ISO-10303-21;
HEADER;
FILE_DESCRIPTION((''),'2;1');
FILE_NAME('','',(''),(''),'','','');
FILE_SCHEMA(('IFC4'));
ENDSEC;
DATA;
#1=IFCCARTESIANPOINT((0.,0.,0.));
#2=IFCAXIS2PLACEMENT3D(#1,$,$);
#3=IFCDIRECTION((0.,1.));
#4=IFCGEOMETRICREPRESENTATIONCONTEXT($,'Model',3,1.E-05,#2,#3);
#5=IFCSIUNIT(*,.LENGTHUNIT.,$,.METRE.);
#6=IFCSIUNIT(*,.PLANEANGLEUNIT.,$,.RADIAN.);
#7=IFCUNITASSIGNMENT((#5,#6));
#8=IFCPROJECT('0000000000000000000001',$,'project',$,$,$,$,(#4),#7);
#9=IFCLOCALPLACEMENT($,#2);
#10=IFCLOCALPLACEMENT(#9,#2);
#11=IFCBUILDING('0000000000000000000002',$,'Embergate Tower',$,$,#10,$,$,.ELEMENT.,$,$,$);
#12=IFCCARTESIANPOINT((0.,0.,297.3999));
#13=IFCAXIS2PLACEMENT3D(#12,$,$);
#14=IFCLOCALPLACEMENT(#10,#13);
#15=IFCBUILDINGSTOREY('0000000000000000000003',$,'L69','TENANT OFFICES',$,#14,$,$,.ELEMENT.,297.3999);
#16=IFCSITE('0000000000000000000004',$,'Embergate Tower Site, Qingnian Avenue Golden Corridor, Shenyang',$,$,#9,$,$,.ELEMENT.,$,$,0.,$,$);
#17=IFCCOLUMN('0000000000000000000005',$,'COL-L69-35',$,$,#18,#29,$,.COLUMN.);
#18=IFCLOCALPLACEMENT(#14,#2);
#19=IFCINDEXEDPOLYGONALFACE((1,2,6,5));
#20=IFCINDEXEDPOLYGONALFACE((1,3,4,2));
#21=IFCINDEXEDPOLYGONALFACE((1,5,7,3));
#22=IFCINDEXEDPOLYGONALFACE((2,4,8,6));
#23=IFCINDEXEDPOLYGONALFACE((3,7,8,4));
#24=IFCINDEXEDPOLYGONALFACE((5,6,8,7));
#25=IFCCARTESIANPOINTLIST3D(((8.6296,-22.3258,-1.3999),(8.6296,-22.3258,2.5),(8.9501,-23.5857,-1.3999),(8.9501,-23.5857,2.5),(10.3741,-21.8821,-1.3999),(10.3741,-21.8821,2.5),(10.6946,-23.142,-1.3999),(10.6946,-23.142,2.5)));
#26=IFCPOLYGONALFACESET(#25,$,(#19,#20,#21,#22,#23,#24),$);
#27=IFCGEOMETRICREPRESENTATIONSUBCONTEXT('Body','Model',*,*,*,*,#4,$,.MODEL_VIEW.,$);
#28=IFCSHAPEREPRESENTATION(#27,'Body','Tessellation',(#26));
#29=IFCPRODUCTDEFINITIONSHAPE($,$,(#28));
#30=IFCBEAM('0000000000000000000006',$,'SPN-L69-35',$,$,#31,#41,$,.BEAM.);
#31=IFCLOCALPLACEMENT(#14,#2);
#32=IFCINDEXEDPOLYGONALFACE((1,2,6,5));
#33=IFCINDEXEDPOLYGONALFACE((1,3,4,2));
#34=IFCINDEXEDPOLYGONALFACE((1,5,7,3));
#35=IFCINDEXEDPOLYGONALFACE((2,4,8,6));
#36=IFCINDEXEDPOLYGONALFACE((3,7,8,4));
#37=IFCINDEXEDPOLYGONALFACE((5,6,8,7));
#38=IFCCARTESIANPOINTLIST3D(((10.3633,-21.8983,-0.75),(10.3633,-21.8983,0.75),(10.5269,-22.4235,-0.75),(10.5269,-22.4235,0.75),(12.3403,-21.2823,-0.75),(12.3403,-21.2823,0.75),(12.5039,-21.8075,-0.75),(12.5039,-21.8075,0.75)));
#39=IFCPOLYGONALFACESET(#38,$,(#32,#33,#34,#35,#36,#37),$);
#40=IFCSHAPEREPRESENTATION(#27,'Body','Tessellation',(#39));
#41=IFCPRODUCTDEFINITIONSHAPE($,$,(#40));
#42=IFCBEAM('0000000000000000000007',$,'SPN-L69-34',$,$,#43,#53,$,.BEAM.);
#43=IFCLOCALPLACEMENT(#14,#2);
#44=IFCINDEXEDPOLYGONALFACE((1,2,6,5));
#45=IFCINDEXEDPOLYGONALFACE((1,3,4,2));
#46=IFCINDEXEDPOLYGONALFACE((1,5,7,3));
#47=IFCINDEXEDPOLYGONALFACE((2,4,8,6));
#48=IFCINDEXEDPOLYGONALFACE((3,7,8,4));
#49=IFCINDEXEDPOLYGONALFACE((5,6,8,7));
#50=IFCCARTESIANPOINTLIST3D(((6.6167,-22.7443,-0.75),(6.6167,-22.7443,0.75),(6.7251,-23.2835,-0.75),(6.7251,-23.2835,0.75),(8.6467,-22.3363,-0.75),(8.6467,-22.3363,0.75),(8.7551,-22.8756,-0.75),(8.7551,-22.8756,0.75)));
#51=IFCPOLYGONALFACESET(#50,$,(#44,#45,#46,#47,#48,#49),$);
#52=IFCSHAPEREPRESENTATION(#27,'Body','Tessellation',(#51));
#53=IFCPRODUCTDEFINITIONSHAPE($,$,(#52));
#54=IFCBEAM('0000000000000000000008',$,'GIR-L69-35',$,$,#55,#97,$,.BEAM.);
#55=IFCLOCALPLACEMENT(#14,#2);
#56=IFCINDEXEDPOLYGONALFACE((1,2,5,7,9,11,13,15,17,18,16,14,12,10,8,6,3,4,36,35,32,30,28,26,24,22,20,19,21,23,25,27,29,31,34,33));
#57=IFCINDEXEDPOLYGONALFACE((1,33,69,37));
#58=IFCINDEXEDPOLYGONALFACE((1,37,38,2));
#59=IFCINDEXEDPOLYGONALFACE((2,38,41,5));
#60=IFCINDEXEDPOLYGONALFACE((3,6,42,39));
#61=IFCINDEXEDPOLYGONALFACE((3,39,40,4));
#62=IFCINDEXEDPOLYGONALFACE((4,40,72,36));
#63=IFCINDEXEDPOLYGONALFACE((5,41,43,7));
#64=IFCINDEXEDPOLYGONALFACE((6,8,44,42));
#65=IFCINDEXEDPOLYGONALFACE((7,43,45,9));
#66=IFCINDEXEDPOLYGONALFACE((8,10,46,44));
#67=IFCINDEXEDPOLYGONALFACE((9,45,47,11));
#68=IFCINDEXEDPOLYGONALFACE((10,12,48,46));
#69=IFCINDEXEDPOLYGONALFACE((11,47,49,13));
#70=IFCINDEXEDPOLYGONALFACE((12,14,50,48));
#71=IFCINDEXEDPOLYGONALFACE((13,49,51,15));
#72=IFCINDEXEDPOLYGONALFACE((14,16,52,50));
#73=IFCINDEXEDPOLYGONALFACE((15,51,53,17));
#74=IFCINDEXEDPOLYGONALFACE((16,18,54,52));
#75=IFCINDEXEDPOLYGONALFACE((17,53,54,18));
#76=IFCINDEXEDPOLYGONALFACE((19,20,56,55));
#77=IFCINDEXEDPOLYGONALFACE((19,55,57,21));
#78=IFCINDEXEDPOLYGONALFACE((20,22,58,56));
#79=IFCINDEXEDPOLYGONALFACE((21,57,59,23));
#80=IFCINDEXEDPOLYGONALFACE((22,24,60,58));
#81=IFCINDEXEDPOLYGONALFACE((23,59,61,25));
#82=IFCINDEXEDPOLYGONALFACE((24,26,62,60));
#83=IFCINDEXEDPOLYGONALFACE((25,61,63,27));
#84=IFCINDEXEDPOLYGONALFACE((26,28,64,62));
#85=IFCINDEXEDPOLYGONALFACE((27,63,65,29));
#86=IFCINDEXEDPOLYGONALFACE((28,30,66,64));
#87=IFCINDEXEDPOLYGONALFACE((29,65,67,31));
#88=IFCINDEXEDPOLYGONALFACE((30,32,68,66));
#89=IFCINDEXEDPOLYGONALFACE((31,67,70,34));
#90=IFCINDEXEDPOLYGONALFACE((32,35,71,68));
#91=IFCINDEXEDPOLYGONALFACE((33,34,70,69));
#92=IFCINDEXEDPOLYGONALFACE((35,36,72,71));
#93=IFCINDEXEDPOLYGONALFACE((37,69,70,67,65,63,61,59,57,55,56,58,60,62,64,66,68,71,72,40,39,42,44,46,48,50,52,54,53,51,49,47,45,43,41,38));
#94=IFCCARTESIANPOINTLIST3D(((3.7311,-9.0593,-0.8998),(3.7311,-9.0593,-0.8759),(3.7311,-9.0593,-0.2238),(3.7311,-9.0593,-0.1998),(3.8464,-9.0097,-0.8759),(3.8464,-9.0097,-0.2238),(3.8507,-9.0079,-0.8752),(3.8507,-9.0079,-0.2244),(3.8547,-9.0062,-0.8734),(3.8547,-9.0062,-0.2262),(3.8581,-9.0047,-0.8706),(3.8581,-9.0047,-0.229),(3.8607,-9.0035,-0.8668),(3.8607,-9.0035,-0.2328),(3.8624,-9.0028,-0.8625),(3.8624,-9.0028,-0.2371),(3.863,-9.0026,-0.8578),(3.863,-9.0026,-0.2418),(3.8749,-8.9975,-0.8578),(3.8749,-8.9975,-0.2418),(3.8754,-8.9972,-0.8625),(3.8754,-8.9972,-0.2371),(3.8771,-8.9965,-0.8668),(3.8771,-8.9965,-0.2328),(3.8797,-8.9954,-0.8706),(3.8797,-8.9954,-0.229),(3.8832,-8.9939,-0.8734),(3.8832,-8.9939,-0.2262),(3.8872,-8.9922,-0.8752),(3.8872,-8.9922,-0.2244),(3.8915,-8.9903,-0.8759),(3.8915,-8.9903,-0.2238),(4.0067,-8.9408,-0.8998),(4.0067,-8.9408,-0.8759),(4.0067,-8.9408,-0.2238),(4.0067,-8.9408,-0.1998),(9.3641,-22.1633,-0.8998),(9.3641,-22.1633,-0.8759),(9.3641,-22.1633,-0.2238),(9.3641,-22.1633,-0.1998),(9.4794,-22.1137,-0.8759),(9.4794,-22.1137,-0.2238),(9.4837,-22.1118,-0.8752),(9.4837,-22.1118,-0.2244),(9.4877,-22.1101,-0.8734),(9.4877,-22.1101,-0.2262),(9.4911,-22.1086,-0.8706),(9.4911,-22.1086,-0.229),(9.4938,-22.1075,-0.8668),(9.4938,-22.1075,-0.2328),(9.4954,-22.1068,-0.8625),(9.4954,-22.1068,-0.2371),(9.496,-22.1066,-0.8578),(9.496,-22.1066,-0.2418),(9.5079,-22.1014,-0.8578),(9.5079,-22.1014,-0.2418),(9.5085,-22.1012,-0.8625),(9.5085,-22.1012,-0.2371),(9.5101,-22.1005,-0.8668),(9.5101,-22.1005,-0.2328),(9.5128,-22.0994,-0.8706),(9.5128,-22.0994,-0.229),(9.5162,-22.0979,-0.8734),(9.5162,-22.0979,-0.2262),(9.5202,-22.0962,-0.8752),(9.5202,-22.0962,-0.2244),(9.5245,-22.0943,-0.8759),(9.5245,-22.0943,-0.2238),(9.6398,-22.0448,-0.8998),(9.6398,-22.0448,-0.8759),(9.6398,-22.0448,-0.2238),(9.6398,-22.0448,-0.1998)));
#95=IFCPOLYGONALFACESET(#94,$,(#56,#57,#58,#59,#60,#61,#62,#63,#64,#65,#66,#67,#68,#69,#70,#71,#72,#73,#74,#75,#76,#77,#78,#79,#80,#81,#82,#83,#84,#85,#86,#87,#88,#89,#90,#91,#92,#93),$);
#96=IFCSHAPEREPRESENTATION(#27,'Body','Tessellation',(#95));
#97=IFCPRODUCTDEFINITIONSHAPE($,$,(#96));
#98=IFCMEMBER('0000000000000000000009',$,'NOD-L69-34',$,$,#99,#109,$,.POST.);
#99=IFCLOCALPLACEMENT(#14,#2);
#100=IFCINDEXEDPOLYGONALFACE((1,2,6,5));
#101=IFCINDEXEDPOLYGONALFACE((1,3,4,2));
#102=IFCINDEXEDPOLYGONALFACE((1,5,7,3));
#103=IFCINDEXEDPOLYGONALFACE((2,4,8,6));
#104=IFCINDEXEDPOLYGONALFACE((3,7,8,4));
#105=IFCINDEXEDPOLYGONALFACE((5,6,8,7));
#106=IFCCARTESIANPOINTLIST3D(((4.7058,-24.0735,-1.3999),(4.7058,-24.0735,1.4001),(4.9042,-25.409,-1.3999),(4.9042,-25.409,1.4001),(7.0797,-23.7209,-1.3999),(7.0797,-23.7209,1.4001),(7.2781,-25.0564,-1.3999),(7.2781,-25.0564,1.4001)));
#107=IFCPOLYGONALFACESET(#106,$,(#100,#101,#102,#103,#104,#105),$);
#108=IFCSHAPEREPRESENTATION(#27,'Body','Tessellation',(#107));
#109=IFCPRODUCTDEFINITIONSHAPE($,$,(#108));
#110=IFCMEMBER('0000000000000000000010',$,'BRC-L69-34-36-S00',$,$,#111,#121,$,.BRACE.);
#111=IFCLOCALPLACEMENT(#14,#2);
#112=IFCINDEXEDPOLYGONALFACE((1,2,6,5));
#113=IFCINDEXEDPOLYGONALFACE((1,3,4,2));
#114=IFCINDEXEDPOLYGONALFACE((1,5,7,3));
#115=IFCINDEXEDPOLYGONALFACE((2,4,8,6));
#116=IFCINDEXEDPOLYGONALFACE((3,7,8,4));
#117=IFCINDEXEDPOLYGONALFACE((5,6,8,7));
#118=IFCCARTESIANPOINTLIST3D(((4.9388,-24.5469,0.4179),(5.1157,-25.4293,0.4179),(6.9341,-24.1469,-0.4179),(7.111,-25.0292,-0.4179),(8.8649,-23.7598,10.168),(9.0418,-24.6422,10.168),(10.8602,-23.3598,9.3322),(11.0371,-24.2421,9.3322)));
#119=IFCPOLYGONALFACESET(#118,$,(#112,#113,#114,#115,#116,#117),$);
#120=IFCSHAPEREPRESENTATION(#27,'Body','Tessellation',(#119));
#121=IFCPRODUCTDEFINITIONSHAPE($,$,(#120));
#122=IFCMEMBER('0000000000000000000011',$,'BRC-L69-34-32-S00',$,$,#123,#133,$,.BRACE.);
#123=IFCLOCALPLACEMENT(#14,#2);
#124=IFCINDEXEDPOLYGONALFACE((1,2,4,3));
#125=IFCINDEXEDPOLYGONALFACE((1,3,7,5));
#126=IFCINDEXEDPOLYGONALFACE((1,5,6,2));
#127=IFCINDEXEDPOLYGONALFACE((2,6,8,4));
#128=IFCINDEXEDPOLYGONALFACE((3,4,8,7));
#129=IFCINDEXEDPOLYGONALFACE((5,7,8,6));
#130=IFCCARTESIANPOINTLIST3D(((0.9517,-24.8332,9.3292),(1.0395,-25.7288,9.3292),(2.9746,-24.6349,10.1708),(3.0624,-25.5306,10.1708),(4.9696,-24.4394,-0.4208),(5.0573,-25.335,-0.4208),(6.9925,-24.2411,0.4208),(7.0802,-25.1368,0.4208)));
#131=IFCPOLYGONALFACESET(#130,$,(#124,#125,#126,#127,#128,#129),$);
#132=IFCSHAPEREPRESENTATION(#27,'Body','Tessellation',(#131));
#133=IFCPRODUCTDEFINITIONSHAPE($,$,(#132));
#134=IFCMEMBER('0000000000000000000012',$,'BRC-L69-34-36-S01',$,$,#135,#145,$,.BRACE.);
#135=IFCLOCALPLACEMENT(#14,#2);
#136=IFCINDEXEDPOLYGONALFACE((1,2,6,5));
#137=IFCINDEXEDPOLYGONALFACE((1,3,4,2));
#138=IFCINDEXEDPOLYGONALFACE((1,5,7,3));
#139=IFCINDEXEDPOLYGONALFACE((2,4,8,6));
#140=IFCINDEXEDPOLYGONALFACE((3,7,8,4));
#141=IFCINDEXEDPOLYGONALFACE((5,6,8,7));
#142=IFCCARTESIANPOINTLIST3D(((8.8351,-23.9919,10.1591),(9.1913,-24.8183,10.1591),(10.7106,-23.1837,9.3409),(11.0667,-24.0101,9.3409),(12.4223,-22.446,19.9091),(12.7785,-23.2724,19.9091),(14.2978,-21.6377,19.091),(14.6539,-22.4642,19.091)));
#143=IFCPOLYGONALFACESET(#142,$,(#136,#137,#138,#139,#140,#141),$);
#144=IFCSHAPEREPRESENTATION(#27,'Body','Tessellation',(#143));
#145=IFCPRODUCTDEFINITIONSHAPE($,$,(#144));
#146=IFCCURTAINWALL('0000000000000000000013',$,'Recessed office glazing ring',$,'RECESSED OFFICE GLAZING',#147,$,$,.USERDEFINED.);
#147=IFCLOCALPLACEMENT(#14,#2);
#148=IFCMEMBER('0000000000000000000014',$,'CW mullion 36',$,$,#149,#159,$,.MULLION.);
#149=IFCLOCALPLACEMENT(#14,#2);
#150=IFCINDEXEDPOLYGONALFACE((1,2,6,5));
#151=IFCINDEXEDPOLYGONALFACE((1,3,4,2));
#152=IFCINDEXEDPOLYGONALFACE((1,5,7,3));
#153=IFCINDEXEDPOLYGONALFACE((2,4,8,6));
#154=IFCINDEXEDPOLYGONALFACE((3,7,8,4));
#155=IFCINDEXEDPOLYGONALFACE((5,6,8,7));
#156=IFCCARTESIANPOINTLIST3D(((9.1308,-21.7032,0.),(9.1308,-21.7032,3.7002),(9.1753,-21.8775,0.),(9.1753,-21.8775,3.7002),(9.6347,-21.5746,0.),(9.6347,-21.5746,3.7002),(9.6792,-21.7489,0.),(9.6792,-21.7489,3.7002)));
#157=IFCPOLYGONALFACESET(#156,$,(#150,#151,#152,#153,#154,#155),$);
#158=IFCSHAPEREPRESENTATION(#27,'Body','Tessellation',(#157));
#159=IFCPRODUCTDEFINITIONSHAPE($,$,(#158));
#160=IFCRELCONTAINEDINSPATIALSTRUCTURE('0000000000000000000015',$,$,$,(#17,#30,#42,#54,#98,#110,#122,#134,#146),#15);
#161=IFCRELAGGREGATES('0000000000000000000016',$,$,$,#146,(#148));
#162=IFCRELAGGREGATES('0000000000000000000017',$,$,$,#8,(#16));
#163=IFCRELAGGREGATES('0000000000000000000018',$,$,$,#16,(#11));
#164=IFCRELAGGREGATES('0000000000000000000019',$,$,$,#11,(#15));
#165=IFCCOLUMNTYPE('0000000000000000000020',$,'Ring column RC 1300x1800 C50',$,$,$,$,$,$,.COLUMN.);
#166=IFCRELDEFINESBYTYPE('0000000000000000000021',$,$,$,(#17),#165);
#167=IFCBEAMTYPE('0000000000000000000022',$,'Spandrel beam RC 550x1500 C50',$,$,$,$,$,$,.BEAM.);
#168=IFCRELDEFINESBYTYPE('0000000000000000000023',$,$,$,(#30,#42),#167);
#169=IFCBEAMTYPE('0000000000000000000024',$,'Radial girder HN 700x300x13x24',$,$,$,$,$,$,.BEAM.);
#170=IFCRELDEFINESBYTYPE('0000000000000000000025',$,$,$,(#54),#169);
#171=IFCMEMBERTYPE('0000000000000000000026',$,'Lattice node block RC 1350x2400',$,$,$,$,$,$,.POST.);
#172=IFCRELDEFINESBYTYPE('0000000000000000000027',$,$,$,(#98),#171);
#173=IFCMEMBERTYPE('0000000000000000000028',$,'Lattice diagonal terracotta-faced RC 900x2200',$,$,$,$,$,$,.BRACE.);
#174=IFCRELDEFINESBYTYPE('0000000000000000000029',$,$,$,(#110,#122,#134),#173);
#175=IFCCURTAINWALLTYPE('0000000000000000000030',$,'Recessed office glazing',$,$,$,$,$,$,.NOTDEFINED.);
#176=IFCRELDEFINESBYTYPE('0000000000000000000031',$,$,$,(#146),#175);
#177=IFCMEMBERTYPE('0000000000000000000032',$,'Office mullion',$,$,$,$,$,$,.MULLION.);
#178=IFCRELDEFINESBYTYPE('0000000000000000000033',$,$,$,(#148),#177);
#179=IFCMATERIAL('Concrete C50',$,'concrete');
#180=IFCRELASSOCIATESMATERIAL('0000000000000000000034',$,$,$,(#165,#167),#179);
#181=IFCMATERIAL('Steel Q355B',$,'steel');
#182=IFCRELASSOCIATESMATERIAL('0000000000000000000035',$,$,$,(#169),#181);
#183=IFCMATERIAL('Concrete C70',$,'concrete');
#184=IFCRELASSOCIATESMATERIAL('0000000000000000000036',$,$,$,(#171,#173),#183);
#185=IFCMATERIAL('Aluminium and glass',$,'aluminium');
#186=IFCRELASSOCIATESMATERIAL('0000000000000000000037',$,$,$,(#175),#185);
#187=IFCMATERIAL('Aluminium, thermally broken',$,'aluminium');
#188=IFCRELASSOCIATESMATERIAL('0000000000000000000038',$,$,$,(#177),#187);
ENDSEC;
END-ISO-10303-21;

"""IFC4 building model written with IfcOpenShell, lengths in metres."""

from ifc_helpers import new_model, si_unit, direction, frame, origin, origin_2d, place, context, subcontext, project, spatial, rectangle, i_section, extrude, source, transform, mapped, material, material_profile, profile_set, type_object, element, aggregate, save


model = new_model("IFC4")

# Units and contexts
model_context = context("Model", 3, precision=1e-05, world=origin(), true_north=direction((0.0, 1.0)))
body_context = subcontext(model_context, "Body", "Model", "MODEL_VIEW")
ifc_project = project(units=[si_unit("LENGTHUNIT", "METRE"), si_unit("PLANEANGLEUNIT", "RADIAN")], contexts=[model_context])

# Site, building, storey
site_placement = place(None, origin())
site = spatial("IfcSite", under=ifc_project, at=site_placement, Name="Embergate Tower Site, Qingnian Avenue Golden Corridor, Shenyang", CompositionType="ELEMENT", RefElevation=0.0)
building_placement = place(site_placement, origin())
building = spatial("IfcBuilding", under=site, at=building_placement, Name="Embergate Tower", CompositionType="ELEMENT")
storey_placement = place(building_placement, frame((0.0, 0.0, 297.3999)))
storey = spatial("IfcBuildingStorey", under=building, at=storey_placement, Name="L69", Description="TENANT OFFICES", CompositionType="ELEMENT", Elevation=297.3999)

# Column
ifc_material_1 = material(Name="Concrete C50", Category="concrete")
ifc_material_profile_1 = material_profile(ifc_material_1, rectangle(XDim=1.3, YDim=1.8, at=origin_2d()), Name="RC 1300x1800")
ifc_profile_set_1 = profile_set([ifc_material_profile_1], Name="Concrete C50")
column_type = type_object("IfcColumnType", Name="Ring column RC 1300x1800 C50", PredefinedType="COLUMN", material=ifc_profile_set_1)
shared_shape_1 = source(origin(), body_context, "Body", "SweptSolid", [
    extrude(rectangle(XDim=1.3, YDim=1.8, at=origin_2d()), origin(), (0.0, 0.0, 1.0), 3.8999),
])
column_placement = place(storey_placement, frame((9.6621, -22.7339, -1.3999), z_axis=(0.0, 0.0, 1.0), x_axis=(0.246509, -0.969141, 0.0)))
element("IfcColumn", 1, at=column_placement, inside=storey, type_object=column_type, Name="COL-L69-35", PredefinedType="COLUMN", context=body_context, shape_type="MappedRepresentation", body=[
    mapped(shared_shape_1, transform((0.0, 0.0, 0.0))),
])

# Beams
ifc_material_profile_2 = material_profile(ifc_material_1, rectangle(XDim=0.55, YDim=1.5, at=origin_2d()), Name="RC 550x1500")
ifc_profile_set_2 = profile_set([ifc_material_profile_2], Name="Concrete C50")
beam_type_1 = type_object("IfcBeamType", Name="Spandrel beam RC 550x1500 C50", PredefinedType="BEAM", material=ifc_profile_set_2)
shared_shape_2 = source(origin(), body_context, "Body", "SweptSolid", [
    extrude(rectangle(XDim=0.55, YDim=1.5, at=origin_2d()), origin(), (0.0, 0.0, 1.0), 2.0708),
])
beam_1_placement = place(storey_placement, frame((10.4451, -22.1609, 0.0), z_axis=(0.954736, 0.297456, 0.0), x_axis=(-0.297456, 0.954736, 0.0)))
element("IfcBeam", 2, at=beam_1_placement, inside=storey, type_object=beam_type_1, Name="SPN-L69-35", PredefinedType="BEAM", context=body_context, shape_type="MappedRepresentation", body=[
    mapped(shared_shape_2, transform((0.0, 0.0, 0.0))),
])
shared_shape_3 = source(origin(), body_context, "Body", "SweptSolid", [
    extrude(rectangle(XDim=0.55, YDim=1.5, at=origin_2d()), origin(), (0.0, 0.0, 1.0), 2.0706),
])
beam_2_placement = place(storey_placement, frame((6.6709, -23.0139, 0.0), z_axis=(0.980399, 0.197023, 0.0), x_axis=(-0.197023, 0.980399, 0.0)))
element("IfcBeam", 3, at=beam_2_placement, inside=storey, type_object=beam_type_1, Name="SPN-L69-34", PredefinedType="BEAM", context=body_context, shape_type="MappedRepresentation", body=[
    mapped(shared_shape_3, transform((0.0, 0.0, 0.0))),
])
ifc_material_2 = material(Name="Steel Q355B", Category="steel")
ifc_material_profile_3 = material_profile(ifc_material_2, i_section(OverallWidth=0.3, OverallDepth=0.7, WebThickness=0.0129, FlangeThickness=0.0239, FilletRadius=0.0181, at=origin_2d()), Name="HN 700x300x13x24")
ifc_profile_set_3 = profile_set([ifc_material_profile_3], Name="Steel Q355 grade B")
beam_type_2 = type_object("IfcBeamType", Name="Radial girder HN 700x300x13x24", PredefinedType="BEAM", material=ifc_profile_set_3)
shared_shape_4 = source(origin(), body_context, "Body", "SweptSolid", [
    extrude(i_section(OverallWidth=0.3, OverallDepth=0.7, WebThickness=0.0129, FlangeThickness=0.0239, FilletRadius=0.0181, at=origin_2d()), origin(), (0.0, 0.0, 1.0), 14.2634),
])
beam_3_placement = place(storey_placement, frame((9.502, -22.104, -0.5498), z_axis=(-0.394929, 0.918712, 0.0), x_axis=(-0.918712, -0.394929, 0.0)))
element("IfcBeam", 4, at=beam_3_placement, inside=storey, type_object=beam_type_2, Name="GIR-L69-35", PredefinedType="BEAM", context=body_context, shape_type="MappedRepresentation", body=[
    mapped(shared_shape_4, transform((0.0, 0.0, 0.0))),
])

# Members
ifc_material_3 = material(Name="Concrete C70", Category="concrete")
ifc_material_profile_4 = material_profile(ifc_material_3, rectangle(XDim=1.3501, YDim=2.3999, at=origin_2d()), Name="RC 1350x2400")
ifc_profile_set_4 = profile_set([ifc_material_profile_4], Name="Concrete C70")
member_type_1 = type_object("IfcMemberType", Name="Lattice node block RC 1350x2400", PredefinedType="POST", material=ifc_profile_set_4)
shared_shape_5 = source(origin(), body_context, "Body", "SweptSolid", [
    extrude(rectangle(XDim=1.3501, YDim=2.3999, at=origin_2d()), origin(), (0.0, 0.0, 1.0), 2.8),
])
member_1_placement = place(storey_placement, frame((5.9919, -24.5649, -1.3999), z_axis=(0.0, 0.0, 1.0), x_axis=(0.146929, -0.989147, 0.0)))
element("IfcMember", 5, at=member_1_placement, inside=storey, type_object=member_type_1, Name="NOD-L69-34", PredefinedType="POST", context=body_context, shape_type="MappedRepresentation", body=[
    mapped(shared_shape_5, transform((0.0, 0.0, 0.0))),
])
ifc_material_profile_5 = material_profile(ifc_material_3, rectangle(XDim=0.8999, YDim=2.2, at=origin_2d()), Name="RC 900x2200")
ifc_profile_set_5 = profile_set([ifc_material_profile_5], Name="Concrete C70")
member_type_2 = type_object("IfcMemberType", Name="Lattice diagonal terracotta-faced RC 900x2200", PredefinedType="BRACE", material=ifc_profile_set_5)
shared_shape_6 = source(origin(), body_context, "Body", "SweptSolid", [
    extrude(rectangle(XDim=0.8999, YDim=2.2, at=origin_2d()), origin(), (0.0, 0.0, 1.0), 10.5403),
])
member_2_placement = place(storey_placement, frame((6.0249, -24.7881, 0.0), z_axis=(0.372481, 0.074677, 0.92503), x_axis=(-0.196573, 0.980489, 0.0)))
element("IfcMember", 6, at=member_2_placement, inside=storey, type_object=member_type_2, Name="BRC-L69-34-36-S00", PredefinedType="BRACE", context=body_context, shape_type="MappedRepresentation", body=[
    mapped(shared_shape_6, transform((0.0, 0.0, 0.0))),
])
shared_shape_7 = source(origin(), body_context, "Body", "SweptSolid", [
    extrude(rectangle(XDim=0.8999, YDim=2.2, at=origin_2d()), origin(), (0.0, 0.0, 1.0), 10.5527),
])
member_3_placement = place(storey_placement, frame((6.0249, -24.7881, 0.0), z_axis=(-0.380737, -0.037317, 0.92393), x_axis=(0.097546, -0.995231, 0.0)))
element("IfcMember", 7, at=member_3_placement, inside=storey, type_object=member_type_2, Name="BRC-L69-34-32-S00", PredefinedType="BRACE", context=body_context, shape_type="MappedRepresentation", body=[
    mapped(shared_shape_7, transform((0.0, 0.0, 0.0))),
])
shared_shape_8 = source(origin(), body_context, "Body", "SweptSolid", [
    extrude(rectangle(XDim=0.8999, YDim=2.2, at=origin_2d()), origin(), (0.0, 0.0, 1.0), 10.5034),
])
member_4_placement = place(storey_placement, frame((9.9509, -24.001, 9.75), z_axis=(0.341526, 0.147182, 0.928277), x_axis=(-0.395767, 0.918351, 0.0)))
element("IfcMember", 8, at=member_4_placement, inside=storey, type_object=member_type_2, Name="BRC-L69-34-36-S01", PredefinedType="BRACE", context=body_context, shape_type="MappedRepresentation", body=[
    mapped(shared_shape_8, transform((0.0, 0.0, 0.0))),
])

# Curtain wall, member
ifc_material_4 = material(Name="Aluminium and glass", Category="aluminium")
curtain_wall_type = type_object("IfcCurtainWallType", Name="Recessed office glazing", PredefinedType="NOTDEFINED", material=ifc_material_4)
curtain_wall_placement = place(storey_placement, origin())
curtain_wall = element("IfcCurtainWall", 9, at=curtain_wall_placement, inside=storey, type_object=curtain_wall_type, Name="Recessed office glazing ring", ObjectType="RECESSED OFFICE GLAZING", PredefinedType="USERDEFINED")
ifc_material_5 = material(Name="Aluminium, thermally broken", Category="aluminium")
ifc_material_profile_6 = material_profile(ifc_material_5, rectangle(XDim=0.1799, YDim=0.52, at=origin_2d()), Name="AL 520x180")
ifc_profile_set_6 = profile_set([ifc_material_profile_6], Name="Aluminium, thermally broken")
member_type_3 = type_object("IfcMemberType", Name="Office mullion", PredefinedType="MULLION", material=ifc_profile_set_6)
shared_shape_9 = source(origin(), body_context, "Body", "SweptSolid", [
    extrude(rectangle(XDim=0.1799, YDim=0.52, at=origin_2d()), origin(), (0.0, 0.0, 1.0), 3.7002),
])
member_5_placement = place(storey_placement, frame((9.405, -21.7261, 0.0), z_axis=(0.0, 0.0, 1.0), x_axis=(-0.247312, 0.968936, 0.0)))
member_5 = element("IfcMember", 10, at=member_5_placement, type_object=member_type_3, Name="CW mullion 36", PredefinedType="MULLION", context=body_context, shape_type="MappedRepresentation", body=[
    mapped(shared_shape_9, transform((0.0, 0.0, 0.0))),
])
aggregate(curtain_wall, [member_5])

save(model, "model.ifc")
